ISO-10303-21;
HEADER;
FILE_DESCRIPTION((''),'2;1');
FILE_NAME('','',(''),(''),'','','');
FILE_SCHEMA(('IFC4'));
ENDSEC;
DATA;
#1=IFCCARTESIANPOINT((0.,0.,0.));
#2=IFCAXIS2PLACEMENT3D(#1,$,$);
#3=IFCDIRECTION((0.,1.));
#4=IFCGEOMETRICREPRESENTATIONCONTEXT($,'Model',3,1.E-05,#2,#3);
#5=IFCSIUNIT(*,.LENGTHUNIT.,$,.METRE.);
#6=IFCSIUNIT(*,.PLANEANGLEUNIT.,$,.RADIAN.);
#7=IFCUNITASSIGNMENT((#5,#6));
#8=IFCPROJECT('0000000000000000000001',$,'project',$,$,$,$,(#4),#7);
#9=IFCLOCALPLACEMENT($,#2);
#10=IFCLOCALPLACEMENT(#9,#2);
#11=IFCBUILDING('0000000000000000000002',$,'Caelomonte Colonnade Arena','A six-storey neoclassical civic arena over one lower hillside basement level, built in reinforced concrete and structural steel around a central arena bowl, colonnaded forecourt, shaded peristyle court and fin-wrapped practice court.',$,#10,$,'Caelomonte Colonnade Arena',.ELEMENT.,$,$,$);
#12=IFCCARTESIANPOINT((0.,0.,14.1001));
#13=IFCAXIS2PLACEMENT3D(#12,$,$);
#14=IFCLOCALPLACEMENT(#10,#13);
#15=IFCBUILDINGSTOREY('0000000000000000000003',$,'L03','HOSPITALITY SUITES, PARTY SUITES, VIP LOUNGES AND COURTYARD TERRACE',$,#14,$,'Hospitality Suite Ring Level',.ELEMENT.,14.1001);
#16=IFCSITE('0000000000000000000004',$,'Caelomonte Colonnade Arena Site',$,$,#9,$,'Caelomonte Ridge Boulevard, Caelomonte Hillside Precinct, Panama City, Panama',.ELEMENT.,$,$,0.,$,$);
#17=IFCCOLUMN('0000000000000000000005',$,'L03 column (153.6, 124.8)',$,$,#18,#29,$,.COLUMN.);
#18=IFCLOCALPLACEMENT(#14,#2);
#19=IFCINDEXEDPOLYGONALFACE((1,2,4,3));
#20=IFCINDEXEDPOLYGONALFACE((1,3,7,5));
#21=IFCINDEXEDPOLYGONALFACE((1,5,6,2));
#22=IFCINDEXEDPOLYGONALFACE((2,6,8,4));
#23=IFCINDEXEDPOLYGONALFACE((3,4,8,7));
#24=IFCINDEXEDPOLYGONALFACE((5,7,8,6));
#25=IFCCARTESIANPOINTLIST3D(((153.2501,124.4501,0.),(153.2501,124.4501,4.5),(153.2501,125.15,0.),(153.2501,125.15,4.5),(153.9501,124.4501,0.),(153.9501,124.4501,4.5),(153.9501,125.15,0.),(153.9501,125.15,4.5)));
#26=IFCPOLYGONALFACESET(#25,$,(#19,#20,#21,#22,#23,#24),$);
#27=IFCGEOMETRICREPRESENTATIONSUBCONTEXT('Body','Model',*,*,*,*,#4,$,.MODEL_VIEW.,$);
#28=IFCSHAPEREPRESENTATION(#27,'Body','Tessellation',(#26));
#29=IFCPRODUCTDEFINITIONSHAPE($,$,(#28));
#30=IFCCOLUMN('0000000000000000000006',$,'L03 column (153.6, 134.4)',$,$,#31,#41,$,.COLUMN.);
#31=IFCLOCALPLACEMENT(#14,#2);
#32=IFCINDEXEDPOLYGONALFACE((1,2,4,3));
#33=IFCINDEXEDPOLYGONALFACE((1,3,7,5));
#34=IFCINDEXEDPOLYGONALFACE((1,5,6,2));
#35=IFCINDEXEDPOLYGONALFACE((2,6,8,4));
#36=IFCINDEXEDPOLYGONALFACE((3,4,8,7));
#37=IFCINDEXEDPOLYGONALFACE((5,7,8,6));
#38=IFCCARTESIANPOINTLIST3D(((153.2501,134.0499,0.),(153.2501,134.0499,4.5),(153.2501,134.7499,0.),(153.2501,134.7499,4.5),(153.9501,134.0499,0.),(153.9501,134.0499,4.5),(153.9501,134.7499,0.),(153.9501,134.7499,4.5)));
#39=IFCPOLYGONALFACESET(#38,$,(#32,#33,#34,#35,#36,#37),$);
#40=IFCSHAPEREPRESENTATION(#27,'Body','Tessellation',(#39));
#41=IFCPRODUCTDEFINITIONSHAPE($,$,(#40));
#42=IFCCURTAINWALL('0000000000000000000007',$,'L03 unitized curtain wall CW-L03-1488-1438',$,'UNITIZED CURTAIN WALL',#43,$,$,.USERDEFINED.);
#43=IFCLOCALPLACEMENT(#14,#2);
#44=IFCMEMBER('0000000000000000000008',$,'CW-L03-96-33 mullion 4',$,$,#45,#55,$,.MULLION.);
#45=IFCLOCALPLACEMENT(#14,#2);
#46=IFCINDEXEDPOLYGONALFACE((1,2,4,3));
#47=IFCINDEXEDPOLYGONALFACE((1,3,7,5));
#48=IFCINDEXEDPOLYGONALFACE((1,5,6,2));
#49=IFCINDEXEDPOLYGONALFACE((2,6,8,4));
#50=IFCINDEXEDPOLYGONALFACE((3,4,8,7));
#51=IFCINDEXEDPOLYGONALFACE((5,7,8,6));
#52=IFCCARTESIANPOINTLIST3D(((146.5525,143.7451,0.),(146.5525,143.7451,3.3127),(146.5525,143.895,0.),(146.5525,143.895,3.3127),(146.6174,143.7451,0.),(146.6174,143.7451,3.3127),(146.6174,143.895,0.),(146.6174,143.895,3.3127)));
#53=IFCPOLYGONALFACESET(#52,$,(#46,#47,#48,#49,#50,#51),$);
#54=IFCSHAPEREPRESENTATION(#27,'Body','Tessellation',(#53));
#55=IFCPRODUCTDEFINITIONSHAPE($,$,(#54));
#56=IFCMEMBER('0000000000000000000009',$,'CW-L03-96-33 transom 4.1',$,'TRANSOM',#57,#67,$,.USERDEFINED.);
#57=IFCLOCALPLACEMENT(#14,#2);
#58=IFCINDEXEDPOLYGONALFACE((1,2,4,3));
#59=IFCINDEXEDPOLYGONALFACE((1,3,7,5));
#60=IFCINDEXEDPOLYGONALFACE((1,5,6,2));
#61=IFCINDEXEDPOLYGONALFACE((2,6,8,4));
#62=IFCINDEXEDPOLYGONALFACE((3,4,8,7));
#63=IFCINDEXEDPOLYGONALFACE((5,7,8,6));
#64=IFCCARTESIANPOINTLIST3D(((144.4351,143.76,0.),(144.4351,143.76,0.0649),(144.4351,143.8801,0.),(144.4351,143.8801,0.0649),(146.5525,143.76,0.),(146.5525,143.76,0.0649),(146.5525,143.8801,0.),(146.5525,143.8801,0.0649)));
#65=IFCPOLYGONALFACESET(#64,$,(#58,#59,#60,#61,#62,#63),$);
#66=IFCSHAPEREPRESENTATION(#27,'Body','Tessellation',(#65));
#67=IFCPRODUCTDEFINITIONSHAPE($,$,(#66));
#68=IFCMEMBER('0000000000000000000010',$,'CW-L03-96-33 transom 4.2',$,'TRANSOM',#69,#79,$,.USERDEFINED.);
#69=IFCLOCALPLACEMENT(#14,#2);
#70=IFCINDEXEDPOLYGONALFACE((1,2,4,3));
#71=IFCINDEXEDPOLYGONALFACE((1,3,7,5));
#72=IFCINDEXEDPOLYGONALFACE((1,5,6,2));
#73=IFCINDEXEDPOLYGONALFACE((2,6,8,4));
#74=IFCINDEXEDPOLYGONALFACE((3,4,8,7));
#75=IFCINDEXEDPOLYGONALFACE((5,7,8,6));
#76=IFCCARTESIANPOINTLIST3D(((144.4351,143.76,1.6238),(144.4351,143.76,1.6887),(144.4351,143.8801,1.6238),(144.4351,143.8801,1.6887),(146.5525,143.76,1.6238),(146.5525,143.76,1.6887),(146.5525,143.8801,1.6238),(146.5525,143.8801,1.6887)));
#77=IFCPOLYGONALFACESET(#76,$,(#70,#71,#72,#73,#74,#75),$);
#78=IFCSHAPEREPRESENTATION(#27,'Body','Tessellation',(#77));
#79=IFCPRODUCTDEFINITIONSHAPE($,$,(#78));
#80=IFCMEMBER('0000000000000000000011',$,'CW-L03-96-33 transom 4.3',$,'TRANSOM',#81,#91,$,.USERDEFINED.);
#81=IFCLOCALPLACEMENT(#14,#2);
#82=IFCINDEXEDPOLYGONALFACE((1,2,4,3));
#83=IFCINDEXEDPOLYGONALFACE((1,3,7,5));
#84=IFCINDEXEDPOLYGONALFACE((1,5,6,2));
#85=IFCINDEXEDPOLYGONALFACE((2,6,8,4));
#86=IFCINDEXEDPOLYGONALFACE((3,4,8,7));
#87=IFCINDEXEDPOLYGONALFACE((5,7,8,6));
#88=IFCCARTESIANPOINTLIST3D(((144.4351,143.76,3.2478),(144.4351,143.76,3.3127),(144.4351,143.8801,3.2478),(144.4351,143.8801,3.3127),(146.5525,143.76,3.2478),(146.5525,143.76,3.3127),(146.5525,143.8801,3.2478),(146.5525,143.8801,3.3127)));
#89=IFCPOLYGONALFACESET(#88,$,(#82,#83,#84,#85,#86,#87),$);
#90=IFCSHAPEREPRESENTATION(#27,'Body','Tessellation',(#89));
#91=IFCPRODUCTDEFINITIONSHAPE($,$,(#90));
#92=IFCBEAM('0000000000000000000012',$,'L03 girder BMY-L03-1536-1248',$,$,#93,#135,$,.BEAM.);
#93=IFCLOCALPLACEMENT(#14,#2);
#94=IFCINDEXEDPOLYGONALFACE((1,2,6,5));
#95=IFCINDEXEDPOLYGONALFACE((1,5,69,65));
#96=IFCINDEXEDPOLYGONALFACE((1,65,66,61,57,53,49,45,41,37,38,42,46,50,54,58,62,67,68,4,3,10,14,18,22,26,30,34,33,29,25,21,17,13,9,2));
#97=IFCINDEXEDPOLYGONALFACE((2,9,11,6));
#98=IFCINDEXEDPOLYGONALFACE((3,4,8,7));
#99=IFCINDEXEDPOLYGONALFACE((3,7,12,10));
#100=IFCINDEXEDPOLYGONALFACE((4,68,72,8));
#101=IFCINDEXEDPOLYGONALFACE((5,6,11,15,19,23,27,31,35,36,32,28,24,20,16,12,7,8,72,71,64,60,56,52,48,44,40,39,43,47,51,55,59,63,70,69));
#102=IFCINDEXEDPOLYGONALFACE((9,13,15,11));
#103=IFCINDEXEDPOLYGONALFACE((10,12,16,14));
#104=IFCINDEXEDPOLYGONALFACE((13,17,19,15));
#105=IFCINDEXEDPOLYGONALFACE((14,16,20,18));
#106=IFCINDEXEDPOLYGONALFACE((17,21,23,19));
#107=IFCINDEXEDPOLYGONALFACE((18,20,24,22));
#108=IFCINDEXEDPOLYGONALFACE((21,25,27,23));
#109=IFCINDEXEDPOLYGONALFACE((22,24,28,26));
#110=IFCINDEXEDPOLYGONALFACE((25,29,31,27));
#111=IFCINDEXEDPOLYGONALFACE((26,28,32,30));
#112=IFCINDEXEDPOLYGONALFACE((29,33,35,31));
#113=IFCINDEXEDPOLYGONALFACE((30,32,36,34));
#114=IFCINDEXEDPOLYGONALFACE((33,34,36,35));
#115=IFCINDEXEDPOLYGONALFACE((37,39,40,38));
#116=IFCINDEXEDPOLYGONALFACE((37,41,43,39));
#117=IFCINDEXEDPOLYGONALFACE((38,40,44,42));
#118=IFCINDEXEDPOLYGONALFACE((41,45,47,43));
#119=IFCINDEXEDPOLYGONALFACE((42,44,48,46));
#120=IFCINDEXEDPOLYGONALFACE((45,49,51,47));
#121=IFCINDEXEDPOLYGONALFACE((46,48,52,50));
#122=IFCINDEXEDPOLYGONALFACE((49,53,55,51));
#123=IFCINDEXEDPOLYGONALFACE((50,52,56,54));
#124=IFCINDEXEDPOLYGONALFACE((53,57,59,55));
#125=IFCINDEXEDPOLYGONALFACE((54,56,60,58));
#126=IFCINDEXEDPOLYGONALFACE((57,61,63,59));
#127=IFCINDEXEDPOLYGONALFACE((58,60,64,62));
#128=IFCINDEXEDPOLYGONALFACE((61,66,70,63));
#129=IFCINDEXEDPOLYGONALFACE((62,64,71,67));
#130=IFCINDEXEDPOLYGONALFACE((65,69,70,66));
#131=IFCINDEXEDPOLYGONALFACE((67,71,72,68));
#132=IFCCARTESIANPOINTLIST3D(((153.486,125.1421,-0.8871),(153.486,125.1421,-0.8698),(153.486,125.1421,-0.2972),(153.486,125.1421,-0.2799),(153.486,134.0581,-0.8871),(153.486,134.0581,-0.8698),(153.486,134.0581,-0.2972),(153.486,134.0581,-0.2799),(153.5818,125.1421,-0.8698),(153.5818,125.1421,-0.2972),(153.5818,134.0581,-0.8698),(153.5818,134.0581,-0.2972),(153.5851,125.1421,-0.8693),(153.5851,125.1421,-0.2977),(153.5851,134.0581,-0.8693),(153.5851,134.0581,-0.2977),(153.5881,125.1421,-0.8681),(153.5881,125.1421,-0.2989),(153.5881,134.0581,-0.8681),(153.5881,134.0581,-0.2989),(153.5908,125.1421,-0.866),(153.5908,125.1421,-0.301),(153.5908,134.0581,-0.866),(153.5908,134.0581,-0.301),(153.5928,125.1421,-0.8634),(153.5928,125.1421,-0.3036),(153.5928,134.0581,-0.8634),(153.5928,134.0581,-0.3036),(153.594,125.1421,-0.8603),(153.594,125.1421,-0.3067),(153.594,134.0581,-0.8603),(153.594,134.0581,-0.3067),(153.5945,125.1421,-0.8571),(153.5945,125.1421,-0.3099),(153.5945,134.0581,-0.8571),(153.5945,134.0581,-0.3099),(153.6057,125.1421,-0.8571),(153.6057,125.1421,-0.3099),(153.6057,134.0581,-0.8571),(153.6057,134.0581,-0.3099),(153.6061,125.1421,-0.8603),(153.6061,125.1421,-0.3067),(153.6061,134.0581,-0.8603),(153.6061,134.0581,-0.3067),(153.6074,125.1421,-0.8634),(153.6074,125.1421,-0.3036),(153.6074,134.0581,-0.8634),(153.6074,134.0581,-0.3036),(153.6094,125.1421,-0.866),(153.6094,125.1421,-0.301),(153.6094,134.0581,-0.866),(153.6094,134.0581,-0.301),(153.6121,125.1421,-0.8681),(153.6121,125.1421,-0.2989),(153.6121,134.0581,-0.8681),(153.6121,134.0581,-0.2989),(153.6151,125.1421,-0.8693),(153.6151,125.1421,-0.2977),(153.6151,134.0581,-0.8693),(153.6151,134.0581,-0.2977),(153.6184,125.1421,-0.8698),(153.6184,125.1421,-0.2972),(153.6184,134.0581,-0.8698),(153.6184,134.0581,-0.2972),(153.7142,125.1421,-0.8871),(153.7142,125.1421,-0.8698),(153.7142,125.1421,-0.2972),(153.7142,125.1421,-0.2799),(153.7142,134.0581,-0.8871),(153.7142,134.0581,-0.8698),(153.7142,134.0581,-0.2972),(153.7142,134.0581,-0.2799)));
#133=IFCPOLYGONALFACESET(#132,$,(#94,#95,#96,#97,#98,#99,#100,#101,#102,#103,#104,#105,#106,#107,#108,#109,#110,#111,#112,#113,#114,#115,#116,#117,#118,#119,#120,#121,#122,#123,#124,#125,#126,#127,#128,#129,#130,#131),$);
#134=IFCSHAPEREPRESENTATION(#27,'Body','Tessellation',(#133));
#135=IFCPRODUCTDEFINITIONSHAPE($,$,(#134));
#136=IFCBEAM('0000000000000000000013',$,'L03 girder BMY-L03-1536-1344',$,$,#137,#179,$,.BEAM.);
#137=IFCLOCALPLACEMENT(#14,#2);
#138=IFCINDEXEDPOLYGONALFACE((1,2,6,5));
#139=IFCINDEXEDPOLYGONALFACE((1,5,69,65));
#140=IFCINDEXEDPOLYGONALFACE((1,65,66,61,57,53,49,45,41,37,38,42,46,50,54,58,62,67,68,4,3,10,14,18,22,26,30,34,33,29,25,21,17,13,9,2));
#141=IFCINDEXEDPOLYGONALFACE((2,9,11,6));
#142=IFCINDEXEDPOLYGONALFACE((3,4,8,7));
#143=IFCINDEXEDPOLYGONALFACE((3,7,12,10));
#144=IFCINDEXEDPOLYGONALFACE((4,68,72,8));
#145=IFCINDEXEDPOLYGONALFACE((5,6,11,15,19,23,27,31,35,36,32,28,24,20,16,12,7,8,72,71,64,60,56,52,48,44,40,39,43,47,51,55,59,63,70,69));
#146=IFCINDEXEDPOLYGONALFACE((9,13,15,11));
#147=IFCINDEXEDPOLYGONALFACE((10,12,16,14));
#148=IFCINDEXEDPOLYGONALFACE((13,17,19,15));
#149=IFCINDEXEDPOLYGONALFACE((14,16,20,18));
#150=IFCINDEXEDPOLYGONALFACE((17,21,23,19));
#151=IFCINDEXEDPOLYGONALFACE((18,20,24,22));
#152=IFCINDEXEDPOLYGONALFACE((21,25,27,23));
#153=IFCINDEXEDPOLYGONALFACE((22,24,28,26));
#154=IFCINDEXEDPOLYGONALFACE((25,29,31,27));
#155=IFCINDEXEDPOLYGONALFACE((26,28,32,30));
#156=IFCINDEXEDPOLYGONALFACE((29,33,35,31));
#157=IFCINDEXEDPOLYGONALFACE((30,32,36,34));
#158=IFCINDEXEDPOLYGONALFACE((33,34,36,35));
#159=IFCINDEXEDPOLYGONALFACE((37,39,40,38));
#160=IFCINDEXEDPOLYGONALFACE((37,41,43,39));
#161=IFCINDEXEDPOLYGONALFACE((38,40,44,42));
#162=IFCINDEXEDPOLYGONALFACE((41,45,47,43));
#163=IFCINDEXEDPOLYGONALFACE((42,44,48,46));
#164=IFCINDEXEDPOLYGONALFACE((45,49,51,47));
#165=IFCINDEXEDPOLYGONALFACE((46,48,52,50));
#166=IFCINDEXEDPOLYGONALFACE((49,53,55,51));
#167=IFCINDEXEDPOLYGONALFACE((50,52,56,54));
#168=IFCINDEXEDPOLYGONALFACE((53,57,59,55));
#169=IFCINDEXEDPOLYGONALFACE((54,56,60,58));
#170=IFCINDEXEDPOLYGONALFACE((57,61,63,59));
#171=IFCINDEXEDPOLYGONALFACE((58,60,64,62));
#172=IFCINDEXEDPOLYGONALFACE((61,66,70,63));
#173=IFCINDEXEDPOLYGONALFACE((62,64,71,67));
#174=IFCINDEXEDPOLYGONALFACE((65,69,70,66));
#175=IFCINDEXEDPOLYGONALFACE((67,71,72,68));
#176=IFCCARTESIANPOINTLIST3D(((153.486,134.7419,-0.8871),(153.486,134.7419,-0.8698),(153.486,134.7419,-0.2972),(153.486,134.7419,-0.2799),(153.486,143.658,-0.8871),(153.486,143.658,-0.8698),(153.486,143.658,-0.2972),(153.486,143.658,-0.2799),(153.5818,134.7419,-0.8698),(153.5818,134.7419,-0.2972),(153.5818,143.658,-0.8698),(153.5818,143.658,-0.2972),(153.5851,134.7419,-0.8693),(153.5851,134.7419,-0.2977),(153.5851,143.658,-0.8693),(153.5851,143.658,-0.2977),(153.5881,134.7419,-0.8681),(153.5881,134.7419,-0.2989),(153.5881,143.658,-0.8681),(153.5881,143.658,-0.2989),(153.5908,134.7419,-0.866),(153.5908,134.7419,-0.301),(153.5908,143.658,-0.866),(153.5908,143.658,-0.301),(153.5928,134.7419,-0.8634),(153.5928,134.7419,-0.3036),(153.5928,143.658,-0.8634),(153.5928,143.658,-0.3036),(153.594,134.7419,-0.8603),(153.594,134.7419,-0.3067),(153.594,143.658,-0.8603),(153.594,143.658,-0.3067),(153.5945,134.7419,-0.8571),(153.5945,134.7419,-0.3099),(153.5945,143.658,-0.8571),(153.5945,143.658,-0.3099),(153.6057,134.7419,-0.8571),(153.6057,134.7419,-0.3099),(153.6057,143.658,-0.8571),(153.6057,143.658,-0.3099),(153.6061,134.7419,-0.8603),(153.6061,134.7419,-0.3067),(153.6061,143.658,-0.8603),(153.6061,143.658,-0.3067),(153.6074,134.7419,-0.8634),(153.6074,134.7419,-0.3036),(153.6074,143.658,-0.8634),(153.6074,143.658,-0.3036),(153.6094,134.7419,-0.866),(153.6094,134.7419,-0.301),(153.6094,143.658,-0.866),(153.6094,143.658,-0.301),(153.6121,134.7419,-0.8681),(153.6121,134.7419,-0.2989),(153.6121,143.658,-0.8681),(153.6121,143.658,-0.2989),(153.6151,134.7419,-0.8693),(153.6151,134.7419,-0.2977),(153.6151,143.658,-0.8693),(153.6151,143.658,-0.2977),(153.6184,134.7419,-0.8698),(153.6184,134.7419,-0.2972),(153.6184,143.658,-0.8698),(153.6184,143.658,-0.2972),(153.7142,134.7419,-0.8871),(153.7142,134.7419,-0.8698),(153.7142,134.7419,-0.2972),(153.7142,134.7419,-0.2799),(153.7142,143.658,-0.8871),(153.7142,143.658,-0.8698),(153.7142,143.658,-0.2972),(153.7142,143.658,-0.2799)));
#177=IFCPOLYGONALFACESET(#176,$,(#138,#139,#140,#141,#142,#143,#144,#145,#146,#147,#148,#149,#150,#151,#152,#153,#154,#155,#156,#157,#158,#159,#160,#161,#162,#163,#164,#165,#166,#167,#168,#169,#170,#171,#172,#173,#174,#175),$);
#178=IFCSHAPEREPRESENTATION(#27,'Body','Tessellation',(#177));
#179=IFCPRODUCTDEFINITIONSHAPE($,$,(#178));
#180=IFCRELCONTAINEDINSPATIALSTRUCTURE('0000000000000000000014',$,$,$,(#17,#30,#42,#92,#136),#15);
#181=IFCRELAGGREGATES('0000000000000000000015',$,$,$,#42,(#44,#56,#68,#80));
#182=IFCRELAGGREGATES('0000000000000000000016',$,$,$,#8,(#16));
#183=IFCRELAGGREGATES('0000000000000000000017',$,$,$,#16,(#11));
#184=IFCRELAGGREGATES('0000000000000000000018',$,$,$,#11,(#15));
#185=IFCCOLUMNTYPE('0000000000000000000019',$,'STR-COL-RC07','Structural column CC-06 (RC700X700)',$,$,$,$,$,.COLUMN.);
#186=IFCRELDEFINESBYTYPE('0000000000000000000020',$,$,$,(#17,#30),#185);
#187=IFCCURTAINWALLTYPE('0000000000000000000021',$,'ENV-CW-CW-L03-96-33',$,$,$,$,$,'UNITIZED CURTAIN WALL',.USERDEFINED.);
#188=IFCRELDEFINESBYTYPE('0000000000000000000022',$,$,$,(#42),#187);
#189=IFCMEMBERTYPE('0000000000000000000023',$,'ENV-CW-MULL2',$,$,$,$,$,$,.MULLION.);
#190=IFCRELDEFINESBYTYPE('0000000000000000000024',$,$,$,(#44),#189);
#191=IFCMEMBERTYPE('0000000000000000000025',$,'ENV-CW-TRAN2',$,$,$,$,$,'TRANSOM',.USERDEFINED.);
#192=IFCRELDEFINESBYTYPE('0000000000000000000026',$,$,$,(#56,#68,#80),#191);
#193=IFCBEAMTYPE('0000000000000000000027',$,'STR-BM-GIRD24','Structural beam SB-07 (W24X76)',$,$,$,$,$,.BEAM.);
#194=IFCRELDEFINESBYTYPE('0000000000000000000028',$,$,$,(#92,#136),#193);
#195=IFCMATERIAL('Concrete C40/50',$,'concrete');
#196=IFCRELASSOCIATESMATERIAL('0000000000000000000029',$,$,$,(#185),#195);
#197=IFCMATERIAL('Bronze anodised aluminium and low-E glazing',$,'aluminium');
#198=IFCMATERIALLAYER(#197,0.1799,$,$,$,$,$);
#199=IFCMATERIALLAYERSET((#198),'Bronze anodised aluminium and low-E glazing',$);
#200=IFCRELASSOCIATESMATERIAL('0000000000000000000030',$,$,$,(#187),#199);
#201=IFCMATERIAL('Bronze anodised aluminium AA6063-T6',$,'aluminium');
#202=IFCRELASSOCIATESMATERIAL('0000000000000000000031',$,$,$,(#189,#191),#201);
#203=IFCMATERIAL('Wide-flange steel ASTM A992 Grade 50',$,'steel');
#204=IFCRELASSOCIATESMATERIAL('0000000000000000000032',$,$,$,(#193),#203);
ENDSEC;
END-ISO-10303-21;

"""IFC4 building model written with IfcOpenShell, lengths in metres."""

from ifc_helpers import new_model, si_unit, direction, frame, origin, origin_2d, place, context, subcontext, project, spatial, rectangle, i_section, extrude, material, layer, layer_set, material_profile, profile_set, type_object, element, aggregate, save


model = new_model("IFC4")

# Units and contexts
model_context = context("Model", 3, precision=1e-05, world=origin(), true_north=direction((0.0, 1.0)))
body_context = subcontext(model_context, "Body", "Model", "MODEL_VIEW")
ifc_project = project(units=[si_unit("LENGTHUNIT", "METRE"), si_unit("PLANEANGLEUNIT", "RADIAN")], contexts=[model_context])

# Site, building, storey
site_placement = place(None, origin())
site = spatial("IfcSite", under=ifc_project, at=site_placement, Name="Caelomonte Colonnade Arena Site", LongName="Caelomonte Ridge Boulevard, Caelomonte Hillside Precinct, Panama City, Panama", CompositionType="ELEMENT", RefElevation=0.0)
building_placement = place(site_placement, origin())
building = spatial("IfcBuilding", under=site, at=building_placement, Name="Caelomonte Colonnade Arena", Description="A six-storey neoclassical civic arena over one lower hillside basement level, built in reinforced concrete and structural steel around a central arena bowl, colonnaded forecourt, shaded peristyle court and fin-wrapped practice court.", LongName="Caelomonte Colonnade Arena", CompositionType="ELEMENT")
storey_placement = place(building_placement, frame((0.0, 0.0, 14.1001)))
storey = spatial("IfcBuildingStorey", under=building, at=storey_placement, Name="L03", Description="HOSPITALITY SUITES, PARTY SUITES, VIP LOUNGES AND COURTYARD TERRACE", LongName="Hospitality Suite Ring Level", CompositionType="ELEMENT", Elevation=14.1001)

# Columns
ifc_material_1 = material(Name="Concrete C40/50", Category="concrete")
ifc_material_profile_1 = material_profile(ifc_material_1, rectangle(XDim=0.7, YDim=0.7, at=origin_2d()), Name="RC700X700")
ifc_profile_set_1 = profile_set([ifc_material_profile_1], Name="Concrete C40/50")
column_type = type_object("IfcColumnType", Name="STR-COL-RC07", Description="Structural column CC-06 (RC700X700)", PredefinedType="COLUMN", material=ifc_profile_set_1)
for number, where, z_axis, x_axis, name in (
    (1, (153.6001, 124.8, 0.0), (0.0, 0.0, 1.0), (1.0, 0.0, 0.0), "L03 column (153.6, 124.8)"),
    (2, (153.6001, 134.3999, 0.0), (0.0, 0.0, 1.0), (1.0, 0.0, 0.0), "L03 column (153.6, 134.4)"),
):
    element("IfcColumn", number, at=place(storey_placement, frame(where, z_axis=z_axis, x_axis=x_axis)), inside=storey, type_object=column_type, Name=name, PredefinedType="COLUMN", context=body_context, shape_type="SweptSolid", body=[
        extrude(rectangle(XDim=0.7, YDim=0.7, at=origin_2d()), origin(), (0.0, 0.0, 1.0), 4.5),
    ])

# Curtain wall, members
ifc_material_2 = material(Name="Bronze anodised aluminium and low-E glazing", Category="aluminium")
ifc_layer_1 = layer(ifc_material_2, 0.1799)
ifc_layer_set_1 = layer_set([ifc_layer_1], Name="Bronze anodised aluminium and low-E glazing")
curtain_wall_type = type_object("IfcCurtainWallType", Name="ENV-CW-CW-L03-96-33", ElementType="UNITIZED CURTAIN WALL", PredefinedType="USERDEFINED", material=ifc_layer_set_1)
curtain_wall_placement = place(storey_placement, origin())
curtain_wall = element("IfcCurtainWall", 3, at=curtain_wall_placement, inside=storey, type_object=curtain_wall_type, Name="L03 unitized curtain wall CW-L03-1488-1438", ObjectType="UNITIZED CURTAIN WALL", PredefinedType="USERDEFINED")
ifc_material_3 = material(Name="Bronze anodised aluminium AA6063-T6", Category="aluminium")
ifc_material_profile_2 = material_profile(ifc_material_3, rectangle(XDim=0.0649, YDim=0.1499, at=origin_2d()), Name="CWM-65X150")
ifc_profile_set_2 = profile_set([ifc_material_profile_2], Name="Bronze anodised aluminium AA6063-T6")
member_type_1 = type_object("IfcMemberType", Name="ENV-CW-MULL2", PredefinedType="MULLION", material=ifc_profile_set_2)
member_1_placement = place(storey_placement, frame((146.585, 143.8201, 0.0), z_axis=(0.0, 0.0, 1.0), x_axis=(-1.0, 0.0, 0.0)))
member_1 = element("IfcMember", 4, at=member_1_placement, type_object=member_type_1, Name="CW-L03-96-33 mullion 4", PredefinedType="MULLION", context=body_context, shape_type="SweptSolid", body=[
    extrude(rectangle(XDim=0.0649, YDim=0.1499, at=origin_2d()), origin(), (0.0, 0.0, 1.0), 3.3127),
])
ifc_material_profile_3 = material_profile(ifc_material_3, rectangle(XDim=0.0649, YDim=0.1201, at=origin_2d()), Name="CWT-65X120")
ifc_profile_set_3 = profile_set([ifc_material_profile_3], Name="Bronze anodised aluminium AA6063-T6")
member_type_2 = type_object("IfcMemberType", Name="ENV-CW-TRAN2", ElementType="TRANSOM", PredefinedType="USERDEFINED", material=ifc_profile_set_3)
member_2_placement = place(storey_placement, frame((146.5525, 143.8201, 0.0325), z_axis=(-1.0, 0.0, 0.0), x_axis=(0.0, 0.0, 1.0)))
member_2 = element("IfcMember", 5, at=member_2_placement, type_object=member_type_2, Name="CW-L03-96-33 transom 4.1", ObjectType="TRANSOM", PredefinedType="USERDEFINED", context=body_context, shape_type="SweptSolid", body=[
    extrude(rectangle(XDim=0.0649, YDim=0.1201, at=origin_2d()), origin(), (0.0, 0.0, 1.0), 2.1174),
])
member_3_placement = place(storey_placement, frame((146.5525, 143.8201, 1.6562), z_axis=(-1.0, 0.0, 0.0), x_axis=(0.0, 0.0, 1.0)))
member_3 = element("IfcMember", 6, at=member_3_placement, type_object=member_type_2, Name="CW-L03-96-33 transom 4.2", ObjectType="TRANSOM", PredefinedType="USERDEFINED", context=body_context, shape_type="SweptSolid", body=[
    extrude(rectangle(XDim=0.0649, YDim=0.1201, at=origin_2d()), origin(), (0.0, 0.0, 1.0), 2.1174),
])
member_4_placement = place(storey_placement, frame((146.5525, 143.8201, 3.2803), z_axis=(-1.0, 0.0, 0.0), x_axis=(0.0, 0.0, 1.0)))
member_4 = element("IfcMember", 7, at=member_4_placement, type_object=member_type_2, Name="CW-L03-96-33 transom 4.3", ObjectType="TRANSOM", PredefinedType="USERDEFINED", context=body_context, shape_type="SweptSolid", body=[
    extrude(rectangle(XDim=0.0649, YDim=0.1201, at=origin_2d()), origin(), (0.0, 0.0, 1.0), 2.1174),
])
aggregate(curtain_wall, [member_1, member_2, member_3, member_4])

# Beams
ifc_material_4 = material(Name="Wide-flange steel ASTM A992 Grade 50", Category="steel")
ifc_material_profile_4 = material_profile(ifc_material_4, i_section(OverallWidth=0.2283, OverallDepth=0.6072, WebThickness=0.0112, FlangeThickness=0.0173, FilletRadius=0.0127, at=origin_2d()), Name="W24X76")
ifc_profile_set_4 = profile_set([ifc_material_profile_4], Name="Wide-flange steel ASTM A992 Grade 50")
beam_type_1 = type_object("IfcBeamType", Name="STR-BM-GIRD24", Description="Structural beam SB-07 (W24X76)", PredefinedType="BEAM", material=ifc_profile_set_4)
for number, where, z_axis, x_axis, name in (
    (8, (153.6001, 125.1421, -0.5835), (0.0, 1.0, 0.0), (-1.0, 0.0, 0.0), "L03 girder BMY-L03-1536-1248"),
    (9, (153.6001, 134.7419, -0.5835), (0.0, 1.0, 0.0), (-1.0, 0.0, 0.0), "L03 girder BMY-L03-1536-1344"),
):
    element("IfcBeam", number, at=place(storey_placement, frame(where, z_axis=z_axis, x_axis=x_axis)), inside=storey, type_object=beam_type_1, Name=name, PredefinedType="BEAM", context=body_context, shape_type="SweptSolid", body=[
        extrude(i_section(OverallWidth=0.2283, OverallDepth=0.6072, WebThickness=0.0112, FlangeThickness=0.0173, FilletRadius=0.0127, at=origin_2d()), origin(), (0.0, 0.0, 1.0), 8.916),
    ])

save(model, "model.ifc")
